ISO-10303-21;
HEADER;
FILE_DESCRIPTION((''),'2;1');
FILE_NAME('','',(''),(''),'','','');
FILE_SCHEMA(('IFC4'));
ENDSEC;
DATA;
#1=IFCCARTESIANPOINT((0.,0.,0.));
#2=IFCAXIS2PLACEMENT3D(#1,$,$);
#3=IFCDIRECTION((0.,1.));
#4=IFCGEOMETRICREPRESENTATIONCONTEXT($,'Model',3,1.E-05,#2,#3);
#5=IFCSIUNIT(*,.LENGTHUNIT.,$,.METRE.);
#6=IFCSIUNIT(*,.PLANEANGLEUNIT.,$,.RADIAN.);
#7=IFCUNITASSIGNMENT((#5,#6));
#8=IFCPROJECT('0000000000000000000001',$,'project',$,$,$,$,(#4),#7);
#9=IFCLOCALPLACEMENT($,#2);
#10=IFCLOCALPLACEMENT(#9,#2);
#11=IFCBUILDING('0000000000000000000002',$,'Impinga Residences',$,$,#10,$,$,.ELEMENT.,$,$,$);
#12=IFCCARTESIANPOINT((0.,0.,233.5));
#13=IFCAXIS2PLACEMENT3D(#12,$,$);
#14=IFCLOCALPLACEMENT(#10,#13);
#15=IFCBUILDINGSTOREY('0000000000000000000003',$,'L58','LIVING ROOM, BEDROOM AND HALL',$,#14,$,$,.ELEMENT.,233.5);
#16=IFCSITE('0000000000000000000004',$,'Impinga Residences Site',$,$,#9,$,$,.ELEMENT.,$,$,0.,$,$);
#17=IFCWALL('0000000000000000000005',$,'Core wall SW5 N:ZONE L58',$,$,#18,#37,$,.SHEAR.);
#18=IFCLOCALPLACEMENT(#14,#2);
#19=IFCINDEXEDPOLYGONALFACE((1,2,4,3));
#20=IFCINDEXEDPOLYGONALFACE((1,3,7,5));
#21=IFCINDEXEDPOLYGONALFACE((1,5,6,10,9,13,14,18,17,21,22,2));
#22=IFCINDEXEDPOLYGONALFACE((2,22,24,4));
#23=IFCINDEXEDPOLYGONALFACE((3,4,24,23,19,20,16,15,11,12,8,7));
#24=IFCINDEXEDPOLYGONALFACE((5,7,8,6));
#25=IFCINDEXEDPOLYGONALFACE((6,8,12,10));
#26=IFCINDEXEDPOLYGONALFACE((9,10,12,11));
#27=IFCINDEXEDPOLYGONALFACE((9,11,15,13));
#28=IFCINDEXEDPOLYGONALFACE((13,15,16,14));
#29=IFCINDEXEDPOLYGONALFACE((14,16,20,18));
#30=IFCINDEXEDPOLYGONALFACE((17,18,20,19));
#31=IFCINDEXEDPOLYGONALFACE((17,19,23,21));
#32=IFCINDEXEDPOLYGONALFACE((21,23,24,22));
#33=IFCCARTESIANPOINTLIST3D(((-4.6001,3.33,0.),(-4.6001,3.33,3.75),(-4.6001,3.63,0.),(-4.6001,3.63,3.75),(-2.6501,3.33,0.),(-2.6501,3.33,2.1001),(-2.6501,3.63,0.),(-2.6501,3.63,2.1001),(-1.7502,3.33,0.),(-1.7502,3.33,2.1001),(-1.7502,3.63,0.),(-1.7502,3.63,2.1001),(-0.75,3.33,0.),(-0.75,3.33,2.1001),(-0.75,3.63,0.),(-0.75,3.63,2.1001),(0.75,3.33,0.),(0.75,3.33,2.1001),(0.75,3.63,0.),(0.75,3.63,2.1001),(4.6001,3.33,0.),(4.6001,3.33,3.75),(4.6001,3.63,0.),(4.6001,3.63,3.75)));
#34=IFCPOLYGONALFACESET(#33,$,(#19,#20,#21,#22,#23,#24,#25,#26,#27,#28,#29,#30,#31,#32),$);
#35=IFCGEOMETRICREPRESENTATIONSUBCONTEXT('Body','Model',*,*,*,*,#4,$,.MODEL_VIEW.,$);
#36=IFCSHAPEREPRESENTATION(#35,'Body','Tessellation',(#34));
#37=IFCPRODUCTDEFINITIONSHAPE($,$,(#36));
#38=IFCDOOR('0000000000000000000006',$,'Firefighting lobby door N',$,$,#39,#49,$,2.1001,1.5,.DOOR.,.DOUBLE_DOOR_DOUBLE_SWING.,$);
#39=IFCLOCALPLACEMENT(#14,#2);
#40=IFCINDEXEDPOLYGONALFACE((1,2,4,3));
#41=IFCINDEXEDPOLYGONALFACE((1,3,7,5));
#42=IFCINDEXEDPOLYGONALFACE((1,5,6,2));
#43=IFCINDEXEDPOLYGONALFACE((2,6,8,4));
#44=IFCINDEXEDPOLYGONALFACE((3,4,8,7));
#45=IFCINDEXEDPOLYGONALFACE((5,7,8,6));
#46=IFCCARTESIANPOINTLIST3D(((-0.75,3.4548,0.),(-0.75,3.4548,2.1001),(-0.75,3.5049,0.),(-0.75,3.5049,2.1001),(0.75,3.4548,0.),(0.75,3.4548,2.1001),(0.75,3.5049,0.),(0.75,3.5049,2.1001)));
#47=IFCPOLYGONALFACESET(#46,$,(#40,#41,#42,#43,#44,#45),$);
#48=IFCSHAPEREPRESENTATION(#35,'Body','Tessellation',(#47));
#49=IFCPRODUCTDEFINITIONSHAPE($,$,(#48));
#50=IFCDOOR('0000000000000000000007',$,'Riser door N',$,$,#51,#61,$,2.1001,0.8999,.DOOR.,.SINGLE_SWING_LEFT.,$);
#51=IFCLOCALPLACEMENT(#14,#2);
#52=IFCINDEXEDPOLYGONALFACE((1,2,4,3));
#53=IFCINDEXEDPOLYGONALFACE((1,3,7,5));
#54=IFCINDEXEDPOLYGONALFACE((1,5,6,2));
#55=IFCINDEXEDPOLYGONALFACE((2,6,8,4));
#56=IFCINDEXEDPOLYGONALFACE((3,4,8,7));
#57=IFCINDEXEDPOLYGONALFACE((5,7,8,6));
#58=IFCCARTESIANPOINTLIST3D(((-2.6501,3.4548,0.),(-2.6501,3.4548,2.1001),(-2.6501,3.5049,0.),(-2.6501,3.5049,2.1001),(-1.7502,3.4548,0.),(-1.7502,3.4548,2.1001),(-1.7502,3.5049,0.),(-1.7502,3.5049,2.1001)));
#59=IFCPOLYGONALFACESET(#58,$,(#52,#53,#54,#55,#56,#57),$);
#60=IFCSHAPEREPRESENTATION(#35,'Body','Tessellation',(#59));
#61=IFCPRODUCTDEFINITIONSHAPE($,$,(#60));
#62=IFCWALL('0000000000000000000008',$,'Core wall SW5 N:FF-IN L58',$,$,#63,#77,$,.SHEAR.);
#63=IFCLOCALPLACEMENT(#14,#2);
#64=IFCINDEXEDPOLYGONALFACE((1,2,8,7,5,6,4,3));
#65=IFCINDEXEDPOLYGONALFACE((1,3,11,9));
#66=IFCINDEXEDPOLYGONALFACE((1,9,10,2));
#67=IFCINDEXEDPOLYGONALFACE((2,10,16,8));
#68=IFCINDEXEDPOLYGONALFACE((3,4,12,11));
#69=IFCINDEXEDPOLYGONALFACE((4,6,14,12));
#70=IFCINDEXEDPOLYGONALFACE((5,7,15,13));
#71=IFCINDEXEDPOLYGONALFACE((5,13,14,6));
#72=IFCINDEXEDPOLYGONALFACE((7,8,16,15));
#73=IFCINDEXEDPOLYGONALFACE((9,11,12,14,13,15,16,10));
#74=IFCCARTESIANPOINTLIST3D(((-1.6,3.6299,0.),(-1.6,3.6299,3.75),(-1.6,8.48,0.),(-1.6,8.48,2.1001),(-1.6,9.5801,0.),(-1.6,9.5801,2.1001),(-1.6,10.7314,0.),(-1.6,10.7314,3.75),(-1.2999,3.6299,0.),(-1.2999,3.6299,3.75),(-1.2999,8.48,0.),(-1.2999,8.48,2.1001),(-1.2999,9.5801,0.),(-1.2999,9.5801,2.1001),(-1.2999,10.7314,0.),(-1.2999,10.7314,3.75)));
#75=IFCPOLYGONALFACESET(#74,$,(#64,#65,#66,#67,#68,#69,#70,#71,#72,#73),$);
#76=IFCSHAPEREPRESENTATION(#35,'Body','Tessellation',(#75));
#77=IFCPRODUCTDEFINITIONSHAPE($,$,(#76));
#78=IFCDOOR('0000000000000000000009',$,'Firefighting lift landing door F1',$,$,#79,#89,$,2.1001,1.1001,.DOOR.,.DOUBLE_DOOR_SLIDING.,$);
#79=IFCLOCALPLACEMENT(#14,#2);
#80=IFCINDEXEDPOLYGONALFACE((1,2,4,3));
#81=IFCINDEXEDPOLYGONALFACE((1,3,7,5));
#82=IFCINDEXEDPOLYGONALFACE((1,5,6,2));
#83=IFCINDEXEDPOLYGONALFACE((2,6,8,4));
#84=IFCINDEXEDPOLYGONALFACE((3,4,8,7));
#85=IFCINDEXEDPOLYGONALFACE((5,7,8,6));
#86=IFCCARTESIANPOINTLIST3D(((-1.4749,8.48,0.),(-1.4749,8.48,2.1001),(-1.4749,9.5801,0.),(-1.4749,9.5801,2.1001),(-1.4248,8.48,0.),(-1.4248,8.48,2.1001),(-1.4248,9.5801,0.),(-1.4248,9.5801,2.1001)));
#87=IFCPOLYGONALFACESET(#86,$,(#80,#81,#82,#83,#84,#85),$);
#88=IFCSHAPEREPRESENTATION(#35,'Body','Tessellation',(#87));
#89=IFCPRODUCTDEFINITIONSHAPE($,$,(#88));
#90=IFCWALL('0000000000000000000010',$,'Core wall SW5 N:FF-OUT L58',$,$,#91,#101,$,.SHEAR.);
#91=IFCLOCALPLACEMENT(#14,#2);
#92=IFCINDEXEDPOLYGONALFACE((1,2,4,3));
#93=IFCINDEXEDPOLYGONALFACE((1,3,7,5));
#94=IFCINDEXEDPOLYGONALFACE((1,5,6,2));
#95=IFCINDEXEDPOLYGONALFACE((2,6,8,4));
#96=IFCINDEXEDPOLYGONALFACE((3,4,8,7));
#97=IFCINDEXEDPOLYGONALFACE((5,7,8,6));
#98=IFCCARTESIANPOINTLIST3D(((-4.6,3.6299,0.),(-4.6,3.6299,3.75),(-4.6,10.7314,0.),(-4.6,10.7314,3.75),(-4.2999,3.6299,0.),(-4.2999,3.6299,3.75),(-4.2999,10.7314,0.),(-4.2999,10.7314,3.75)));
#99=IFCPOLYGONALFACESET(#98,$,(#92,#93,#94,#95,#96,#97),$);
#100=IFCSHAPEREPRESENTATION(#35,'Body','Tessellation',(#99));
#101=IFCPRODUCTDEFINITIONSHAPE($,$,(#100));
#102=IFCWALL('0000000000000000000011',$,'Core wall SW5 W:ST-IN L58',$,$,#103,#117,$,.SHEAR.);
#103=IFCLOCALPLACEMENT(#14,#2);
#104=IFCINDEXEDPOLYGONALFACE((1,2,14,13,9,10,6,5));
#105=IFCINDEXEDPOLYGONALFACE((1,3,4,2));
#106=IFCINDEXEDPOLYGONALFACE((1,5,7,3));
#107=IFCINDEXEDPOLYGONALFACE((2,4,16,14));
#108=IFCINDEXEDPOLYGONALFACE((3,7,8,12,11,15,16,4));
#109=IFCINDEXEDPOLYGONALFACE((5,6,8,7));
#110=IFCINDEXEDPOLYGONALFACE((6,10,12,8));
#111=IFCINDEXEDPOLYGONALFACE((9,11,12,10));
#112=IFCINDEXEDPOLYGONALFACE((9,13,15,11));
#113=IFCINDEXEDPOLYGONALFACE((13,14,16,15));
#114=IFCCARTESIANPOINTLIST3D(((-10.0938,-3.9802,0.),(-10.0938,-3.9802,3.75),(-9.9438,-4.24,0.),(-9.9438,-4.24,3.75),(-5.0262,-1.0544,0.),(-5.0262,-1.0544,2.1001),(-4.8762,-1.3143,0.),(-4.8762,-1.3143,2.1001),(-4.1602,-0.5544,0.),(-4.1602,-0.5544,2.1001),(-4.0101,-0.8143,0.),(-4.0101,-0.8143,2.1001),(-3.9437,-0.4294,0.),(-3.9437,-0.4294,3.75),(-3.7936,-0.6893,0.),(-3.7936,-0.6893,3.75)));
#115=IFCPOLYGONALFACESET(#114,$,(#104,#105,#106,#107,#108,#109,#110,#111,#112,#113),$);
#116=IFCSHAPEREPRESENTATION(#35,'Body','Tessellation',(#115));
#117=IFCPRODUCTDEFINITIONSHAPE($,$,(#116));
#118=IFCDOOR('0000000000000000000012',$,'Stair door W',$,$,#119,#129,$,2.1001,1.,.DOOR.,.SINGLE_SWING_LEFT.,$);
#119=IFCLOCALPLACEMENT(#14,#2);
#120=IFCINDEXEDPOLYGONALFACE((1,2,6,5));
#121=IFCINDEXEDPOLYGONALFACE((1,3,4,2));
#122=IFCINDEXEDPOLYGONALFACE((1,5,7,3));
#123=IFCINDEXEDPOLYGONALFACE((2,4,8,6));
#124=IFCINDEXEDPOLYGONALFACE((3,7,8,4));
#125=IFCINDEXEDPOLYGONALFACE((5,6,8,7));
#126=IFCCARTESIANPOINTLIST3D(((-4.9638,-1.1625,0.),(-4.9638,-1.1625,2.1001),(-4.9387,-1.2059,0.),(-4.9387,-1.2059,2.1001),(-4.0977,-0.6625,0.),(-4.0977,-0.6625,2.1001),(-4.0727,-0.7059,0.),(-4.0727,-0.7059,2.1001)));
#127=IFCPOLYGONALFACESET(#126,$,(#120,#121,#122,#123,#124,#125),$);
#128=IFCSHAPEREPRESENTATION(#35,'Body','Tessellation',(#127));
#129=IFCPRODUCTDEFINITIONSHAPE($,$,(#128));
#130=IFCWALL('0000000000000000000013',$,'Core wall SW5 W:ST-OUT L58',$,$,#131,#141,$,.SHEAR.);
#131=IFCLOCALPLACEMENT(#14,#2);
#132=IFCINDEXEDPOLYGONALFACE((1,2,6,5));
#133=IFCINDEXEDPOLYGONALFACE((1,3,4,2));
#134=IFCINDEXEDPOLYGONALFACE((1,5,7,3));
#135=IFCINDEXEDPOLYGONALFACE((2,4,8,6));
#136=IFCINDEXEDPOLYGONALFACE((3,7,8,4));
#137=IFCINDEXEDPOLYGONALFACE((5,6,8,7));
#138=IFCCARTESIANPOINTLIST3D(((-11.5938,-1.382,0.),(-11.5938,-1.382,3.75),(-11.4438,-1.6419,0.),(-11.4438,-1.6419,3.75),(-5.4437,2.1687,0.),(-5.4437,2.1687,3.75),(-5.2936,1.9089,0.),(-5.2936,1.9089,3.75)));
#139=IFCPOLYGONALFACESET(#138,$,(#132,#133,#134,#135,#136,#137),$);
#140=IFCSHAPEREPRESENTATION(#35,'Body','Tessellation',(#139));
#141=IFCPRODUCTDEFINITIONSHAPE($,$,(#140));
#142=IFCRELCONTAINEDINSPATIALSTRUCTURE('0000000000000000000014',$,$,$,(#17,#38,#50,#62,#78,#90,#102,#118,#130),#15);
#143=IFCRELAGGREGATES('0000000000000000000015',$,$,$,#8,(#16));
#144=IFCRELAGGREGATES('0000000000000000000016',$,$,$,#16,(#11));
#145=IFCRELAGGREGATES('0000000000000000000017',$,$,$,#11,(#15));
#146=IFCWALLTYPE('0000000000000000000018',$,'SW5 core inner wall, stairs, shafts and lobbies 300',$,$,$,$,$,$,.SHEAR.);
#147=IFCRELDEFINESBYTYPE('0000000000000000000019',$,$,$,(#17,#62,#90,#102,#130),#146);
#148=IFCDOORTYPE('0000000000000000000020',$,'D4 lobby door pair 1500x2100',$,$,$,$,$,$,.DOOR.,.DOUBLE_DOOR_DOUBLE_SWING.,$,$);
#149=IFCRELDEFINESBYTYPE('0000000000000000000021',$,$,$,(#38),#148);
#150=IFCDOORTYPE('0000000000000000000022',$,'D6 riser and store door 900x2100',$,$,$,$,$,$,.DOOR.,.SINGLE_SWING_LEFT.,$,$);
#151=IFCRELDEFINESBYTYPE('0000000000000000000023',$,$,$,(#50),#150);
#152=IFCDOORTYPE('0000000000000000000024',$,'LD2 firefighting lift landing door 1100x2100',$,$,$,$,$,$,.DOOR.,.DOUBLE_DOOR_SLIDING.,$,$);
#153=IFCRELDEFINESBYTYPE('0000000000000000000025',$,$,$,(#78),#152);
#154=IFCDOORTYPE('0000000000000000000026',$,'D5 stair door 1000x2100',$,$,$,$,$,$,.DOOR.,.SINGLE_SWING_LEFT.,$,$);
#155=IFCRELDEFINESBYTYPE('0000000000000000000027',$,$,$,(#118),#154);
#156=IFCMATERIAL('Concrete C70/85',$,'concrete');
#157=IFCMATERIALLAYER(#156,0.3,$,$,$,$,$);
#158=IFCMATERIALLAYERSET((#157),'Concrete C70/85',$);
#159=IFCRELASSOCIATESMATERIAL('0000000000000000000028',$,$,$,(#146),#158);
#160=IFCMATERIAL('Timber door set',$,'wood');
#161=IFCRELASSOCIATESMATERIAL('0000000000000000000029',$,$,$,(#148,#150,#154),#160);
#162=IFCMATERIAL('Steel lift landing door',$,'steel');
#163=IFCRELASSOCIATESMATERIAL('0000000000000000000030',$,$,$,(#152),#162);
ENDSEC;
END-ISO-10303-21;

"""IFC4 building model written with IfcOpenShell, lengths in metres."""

from ifc_helpers import new_model, si_unit, direction, frame, frame_2d, origin, place, context, subcontext, project, spatial, rectangle, extrude, material, layer, layer_set, type_object, element, fill, save


model = new_model("IFC4")

# Units and contexts
model_context = context("Model", 3, precision=1e-05, world=origin(), true_north=direction((0.0, 1.0)))
body_context = subcontext(model_context, "Body", "Model", "MODEL_VIEW")
ifc_project = project(units=[si_unit("LENGTHUNIT", "METRE"), si_unit("PLANEANGLEUNIT", "RADIAN")], contexts=[model_context])

# Site, building, storey
site_placement = place(None, origin())
site = spatial("IfcSite", under=ifc_project, at=site_placement, Name="Impinga Residences Site", CompositionType="ELEMENT", RefElevation=0.0)
building_placement = place(site_placement, origin())
building = spatial("IfcBuilding", under=site, at=building_placement, Name="Impinga Residences", CompositionType="ELEMENT")
storey_placement = place(building_placement, frame((0.0, 0.0, 233.5)))
storey = spatial("IfcBuildingStorey", under=building, at=storey_placement, Name="L58", Description="LIVING ROOM, BEDROOM AND HALL", CompositionType="ELEMENT", Elevation=233.5)

# Shared definitions
ifc_material_1 = material(Name="Timber door set", Category="wood")

# Wall, openings, doors
ifc_material_2 = material(Name="Concrete C70/85", Category="concrete")
ifc_layer_1 = layer(ifc_material_2, 0.3)
ifc_layer_set_1 = layer_set([ifc_layer_1], Name="Concrete C70/85")
wall_type_1 = type_object("IfcWallType", Name="SW5 core inner wall, stairs, shafts and lobbies 300", PredefinedType="SHEAR", material=ifc_layer_set_1)
wall_1_placement = place(storey_placement, frame((-4.6001, 3.48, 0.0), z_axis=(0.0, 0.0, 1.0), x_axis=(1.0, 0.0, 0.0)))
wall_1 = element("IfcWall", 1, at=wall_1_placement, inside=storey, type_object=wall_type_1, Name="Core wall SW5 N:ZONE L58", PredefinedType="SHEAR", context=body_context, shape_type="SweptSolid", body=[
    extrude(rectangle(XDim=9.2002, YDim=0.3, at=frame_2d((4.6001, 0.0))), origin(), (0.0, 0.0, 1.0), 3.75),
])
opening_1_placement = place(wall_1_placement, frame((3.8501, 0.0, 0.0)))
opening_1 = element("IfcOpeningElement", 2, at=opening_1_placement, cuts=wall_1, PredefinedType="OPENING", context=body_context, shape_type="SweptSolid", body=[
    extrude(rectangle(XDim=1.5, YDim=2.1001, at=frame_2d((0.75, 1.05))), frame((0.0, 0.1599, 0.0), z_axis=(0.0, -1.0, 0.0), x_axis=(1.0, 0.0, 0.0)), (0.0, 0.0, 1.0), 0.3201),
])
opening_2_placement = place(wall_1_placement, frame((1.95, 0.0, 0.0)))
opening_2 = element("IfcOpeningElement", 3, at=opening_2_placement, cuts=wall_1, PredefinedType="OPENING", context=body_context, shape_type="SweptSolid", body=[
    extrude(rectangle(XDim=0.8999, YDim=2.1001, at=frame_2d((0.45, 1.05))), frame((0.0, 0.1599, 0.0), z_axis=(0.0, -1.0, 0.0), x_axis=(1.0, 0.0, 0.0)), (0.0, 0.0, 1.0), 0.3201),
])
door_type_1 = type_object("IfcDoorType", Name="D4 lobby door pair 1500x2100", OperationType="DOUBLE_DOOR_DOUBLE_SWING", PredefinedType="DOOR", material=ifc_material_1)
door_1_placement = place(opening_1_placement, origin())
door_1 = element("IfcDoor", 4, at=door_1_placement, inside=storey, type_object=door_type_1, Name="Firefighting lobby door N", OperationType="DOUBLE_DOOR_DOUBLE_SWING", OverallHeight=2.1001, OverallWidth=1.5, PredefinedType="DOOR", context=body_context, shape_type="SweptSolid", body=[
    extrude(rectangle(XDim=1.5, YDim=2.1001, at=frame_2d((0.75, 1.05))), frame((0.0, 0.0249, 0.0), z_axis=(0.0, -1.0, 0.0), x_axis=(1.0, 0.0, 0.0)), (0.0, 0.0, 1.0), 0.05),
])
fill(opening_1, door_1)
door_type_2 = type_object("IfcDoorType", Name="D6 riser and store door 900x2100", OperationType="SINGLE_SWING_LEFT", PredefinedType="DOOR", material=ifc_material_1)
door_2_placement = place(opening_2_placement, origin())
door_2 = element("IfcDoor", 5, at=door_2_placement, inside=storey, type_object=door_type_2, Name="Riser door N", OperationType="SINGLE_SWING_LEFT", OverallHeight=2.1001, OverallWidth=0.8999, PredefinedType="DOOR", context=body_context, shape_type="SweptSolid", body=[
    extrude(rectangle(XDim=0.8999, YDim=2.1001, at=frame_2d((0.45, 1.05))), frame((0.0, 0.0249, 0.0), z_axis=(0.0, -1.0, 0.0), x_axis=(1.0, 0.0, 0.0)), (0.0, 0.0, 1.0), 0.05),
])
fill(opening_2, door_2)

# Wall, opening, door
wall_2_placement = place(storey_placement, frame((-1.45, 3.6299, 0.0), z_axis=(0.0, 0.0, 1.0), x_axis=(0.0, 1.0, 0.0)))
wall_2 = element("IfcWall", 6, at=wall_2_placement, inside=storey, type_object=wall_type_1, Name="Core wall SW5 N:FF-IN L58", PredefinedType="SHEAR", context=body_context, shape_type="SweptSolid", body=[
    extrude(rectangle(XDim=7.1016, YDim=0.3, at=frame_2d((3.5508, 0.0))), origin(), (0.0, 0.0, 1.0), 3.75),
])
opening_3_placement = place(wall_2_placement, frame((4.8501, 0.0, 0.0)))
opening_3 = element("IfcOpeningElement", 7, at=opening_3_placement, cuts=wall_2, PredefinedType="OPENING", context=body_context, shape_type="SweptSolid", body=[
    extrude(rectangle(XDim=1.1001, YDim=2.1001, at=frame_2d((0.55, 1.05))), frame((0.0, 0.1599, 0.0), z_axis=(0.0, -1.0, 0.0), x_axis=(1.0, 0.0, 0.0)), (0.0, 0.0, 1.0), 0.3201),
])
ifc_material_3 = material(Name="Steel lift landing door", Category="steel")
door_type_3 = type_object("IfcDoorType", Name="LD2 firefighting lift landing door 1100x2100", OperationType="DOUBLE_DOOR_SLIDING", PredefinedType="DOOR", material=ifc_material_3)
door_3_placement = place(opening_3_placement, origin())
door_3 = element("IfcDoor", 8, at=door_3_placement, inside=storey, type_object=door_type_3, Name="Firefighting lift landing door F1", OperationType="DOUBLE_DOOR_SLIDING", OverallHeight=2.1001, OverallWidth=1.1001, PredefinedType="DOOR", context=body_context, shape_type="SweptSolid", body=[
    extrude(rectangle(XDim=1.1001, YDim=2.1001, at=frame_2d((0.55, 1.05))), frame((0.0, 0.0249, 0.0), z_axis=(0.0, -1.0, 0.0), x_axis=(1.0, 0.0, 0.0)), (0.0, 0.0, 1.0), 0.05),
])
fill(opening_3, door_3)

# Wall
wall_3_placement = place(storey_placement, frame((-4.45, 3.6299, 0.0), z_axis=(0.0, 0.0, 1.0), x_axis=(0.0, 1.0, 0.0)))
element("IfcWall", 9, at=wall_3_placement, inside=storey, type_object=wall_type_1, Name="Core wall SW5 N:FF-OUT L58", PredefinedType="SHEAR", context=body_context, shape_type="SweptSolid", body=[
    extrude(rectangle(XDim=7.1016, YDim=0.3, at=frame_2d((3.5508, 0.0))), origin(), (0.0, 0.0, 1.0), 3.75),
])

# Wall, opening, door
wall_4_placement = place(storey_placement, frame((-3.8687, -0.5593, 0.0), z_axis=(0.0, 0.0, 1.0), x_axis=(-0.866026, -0.499999, 0.0)))
wall_4 = element("IfcWall", 10, at=wall_4_placement, inside=storey, type_object=wall_type_1, Name="Core wall SW5 W:ST-IN L58", PredefinedType="SHEAR", context=body_context, shape_type="SweptSolid", body=[
    extrude(rectangle(XDim=7.1016, YDim=0.3, at=frame_2d((3.5508, 0.0))), origin(), (0.0, 0.0, 1.0), 3.75),
])
opening_4_placement = place(wall_4_placement, frame((0.25, 0.0, 0.0)))
opening_4 = element("IfcOpeningElement", 11, at=opening_4_placement, cuts=wall_4, PredefinedType="OPENING", context=body_context, shape_type="SweptSolid", body=[
    extrude(rectangle(XDim=1.0, YDim=2.1001, at=frame_2d((0.5, 1.05))), frame((0.0, 0.1599, 0.0), z_axis=(0.0, -1.0, 0.0), x_axis=(1.0, 0.0, 0.0)), (0.0, 0.0, 1.0), 0.3201),
])
door_type_4 = type_object("IfcDoorType", Name="D5 stair door 1000x2100", OperationType="SINGLE_SWING_LEFT", PredefinedType="DOOR", material=ifc_material_1)
door_4_placement = place(opening_4_placement, origin())
door_4 = element("IfcDoor", 12, at=door_4_placement, inside=storey, type_object=door_type_4, Name="Stair door W", OperationType="SINGLE_SWING_LEFT", OverallHeight=2.1001, OverallWidth=1.0, PredefinedType="DOOR", context=body_context, shape_type="SweptSolid", body=[
    extrude(rectangle(XDim=1.0, YDim=2.1001, at=frame_2d((0.5, 1.05))), frame((0.0, 0.0249, 0.0), z_axis=(0.0, -1.0, 0.0), x_axis=(1.0, 0.0, 0.0)), (0.0, 0.0, 1.0), 0.05),
])
fill(opening_4, door_4)

# Wall
wall_5_placement = place(storey_placement, frame((-5.3687, 2.0388, 0.0), z_axis=(0.0, 0.0, 1.0), x_axis=(-0.866026, -0.499999, 0.0)))
element("IfcWall", 13, at=wall_5_placement, inside=storey, type_object=wall_type_1, Name="Core wall SW5 W:ST-OUT L58", PredefinedType="SHEAR", context=body_context, shape_type="SweptSolid", body=[
    extrude(rectangle(XDim=7.1016, YDim=0.3, at=frame_2d((3.5508, 0.0))), origin(), (0.0, 0.0, 1.0), 3.75),
])

save(model, "model.ifc")
